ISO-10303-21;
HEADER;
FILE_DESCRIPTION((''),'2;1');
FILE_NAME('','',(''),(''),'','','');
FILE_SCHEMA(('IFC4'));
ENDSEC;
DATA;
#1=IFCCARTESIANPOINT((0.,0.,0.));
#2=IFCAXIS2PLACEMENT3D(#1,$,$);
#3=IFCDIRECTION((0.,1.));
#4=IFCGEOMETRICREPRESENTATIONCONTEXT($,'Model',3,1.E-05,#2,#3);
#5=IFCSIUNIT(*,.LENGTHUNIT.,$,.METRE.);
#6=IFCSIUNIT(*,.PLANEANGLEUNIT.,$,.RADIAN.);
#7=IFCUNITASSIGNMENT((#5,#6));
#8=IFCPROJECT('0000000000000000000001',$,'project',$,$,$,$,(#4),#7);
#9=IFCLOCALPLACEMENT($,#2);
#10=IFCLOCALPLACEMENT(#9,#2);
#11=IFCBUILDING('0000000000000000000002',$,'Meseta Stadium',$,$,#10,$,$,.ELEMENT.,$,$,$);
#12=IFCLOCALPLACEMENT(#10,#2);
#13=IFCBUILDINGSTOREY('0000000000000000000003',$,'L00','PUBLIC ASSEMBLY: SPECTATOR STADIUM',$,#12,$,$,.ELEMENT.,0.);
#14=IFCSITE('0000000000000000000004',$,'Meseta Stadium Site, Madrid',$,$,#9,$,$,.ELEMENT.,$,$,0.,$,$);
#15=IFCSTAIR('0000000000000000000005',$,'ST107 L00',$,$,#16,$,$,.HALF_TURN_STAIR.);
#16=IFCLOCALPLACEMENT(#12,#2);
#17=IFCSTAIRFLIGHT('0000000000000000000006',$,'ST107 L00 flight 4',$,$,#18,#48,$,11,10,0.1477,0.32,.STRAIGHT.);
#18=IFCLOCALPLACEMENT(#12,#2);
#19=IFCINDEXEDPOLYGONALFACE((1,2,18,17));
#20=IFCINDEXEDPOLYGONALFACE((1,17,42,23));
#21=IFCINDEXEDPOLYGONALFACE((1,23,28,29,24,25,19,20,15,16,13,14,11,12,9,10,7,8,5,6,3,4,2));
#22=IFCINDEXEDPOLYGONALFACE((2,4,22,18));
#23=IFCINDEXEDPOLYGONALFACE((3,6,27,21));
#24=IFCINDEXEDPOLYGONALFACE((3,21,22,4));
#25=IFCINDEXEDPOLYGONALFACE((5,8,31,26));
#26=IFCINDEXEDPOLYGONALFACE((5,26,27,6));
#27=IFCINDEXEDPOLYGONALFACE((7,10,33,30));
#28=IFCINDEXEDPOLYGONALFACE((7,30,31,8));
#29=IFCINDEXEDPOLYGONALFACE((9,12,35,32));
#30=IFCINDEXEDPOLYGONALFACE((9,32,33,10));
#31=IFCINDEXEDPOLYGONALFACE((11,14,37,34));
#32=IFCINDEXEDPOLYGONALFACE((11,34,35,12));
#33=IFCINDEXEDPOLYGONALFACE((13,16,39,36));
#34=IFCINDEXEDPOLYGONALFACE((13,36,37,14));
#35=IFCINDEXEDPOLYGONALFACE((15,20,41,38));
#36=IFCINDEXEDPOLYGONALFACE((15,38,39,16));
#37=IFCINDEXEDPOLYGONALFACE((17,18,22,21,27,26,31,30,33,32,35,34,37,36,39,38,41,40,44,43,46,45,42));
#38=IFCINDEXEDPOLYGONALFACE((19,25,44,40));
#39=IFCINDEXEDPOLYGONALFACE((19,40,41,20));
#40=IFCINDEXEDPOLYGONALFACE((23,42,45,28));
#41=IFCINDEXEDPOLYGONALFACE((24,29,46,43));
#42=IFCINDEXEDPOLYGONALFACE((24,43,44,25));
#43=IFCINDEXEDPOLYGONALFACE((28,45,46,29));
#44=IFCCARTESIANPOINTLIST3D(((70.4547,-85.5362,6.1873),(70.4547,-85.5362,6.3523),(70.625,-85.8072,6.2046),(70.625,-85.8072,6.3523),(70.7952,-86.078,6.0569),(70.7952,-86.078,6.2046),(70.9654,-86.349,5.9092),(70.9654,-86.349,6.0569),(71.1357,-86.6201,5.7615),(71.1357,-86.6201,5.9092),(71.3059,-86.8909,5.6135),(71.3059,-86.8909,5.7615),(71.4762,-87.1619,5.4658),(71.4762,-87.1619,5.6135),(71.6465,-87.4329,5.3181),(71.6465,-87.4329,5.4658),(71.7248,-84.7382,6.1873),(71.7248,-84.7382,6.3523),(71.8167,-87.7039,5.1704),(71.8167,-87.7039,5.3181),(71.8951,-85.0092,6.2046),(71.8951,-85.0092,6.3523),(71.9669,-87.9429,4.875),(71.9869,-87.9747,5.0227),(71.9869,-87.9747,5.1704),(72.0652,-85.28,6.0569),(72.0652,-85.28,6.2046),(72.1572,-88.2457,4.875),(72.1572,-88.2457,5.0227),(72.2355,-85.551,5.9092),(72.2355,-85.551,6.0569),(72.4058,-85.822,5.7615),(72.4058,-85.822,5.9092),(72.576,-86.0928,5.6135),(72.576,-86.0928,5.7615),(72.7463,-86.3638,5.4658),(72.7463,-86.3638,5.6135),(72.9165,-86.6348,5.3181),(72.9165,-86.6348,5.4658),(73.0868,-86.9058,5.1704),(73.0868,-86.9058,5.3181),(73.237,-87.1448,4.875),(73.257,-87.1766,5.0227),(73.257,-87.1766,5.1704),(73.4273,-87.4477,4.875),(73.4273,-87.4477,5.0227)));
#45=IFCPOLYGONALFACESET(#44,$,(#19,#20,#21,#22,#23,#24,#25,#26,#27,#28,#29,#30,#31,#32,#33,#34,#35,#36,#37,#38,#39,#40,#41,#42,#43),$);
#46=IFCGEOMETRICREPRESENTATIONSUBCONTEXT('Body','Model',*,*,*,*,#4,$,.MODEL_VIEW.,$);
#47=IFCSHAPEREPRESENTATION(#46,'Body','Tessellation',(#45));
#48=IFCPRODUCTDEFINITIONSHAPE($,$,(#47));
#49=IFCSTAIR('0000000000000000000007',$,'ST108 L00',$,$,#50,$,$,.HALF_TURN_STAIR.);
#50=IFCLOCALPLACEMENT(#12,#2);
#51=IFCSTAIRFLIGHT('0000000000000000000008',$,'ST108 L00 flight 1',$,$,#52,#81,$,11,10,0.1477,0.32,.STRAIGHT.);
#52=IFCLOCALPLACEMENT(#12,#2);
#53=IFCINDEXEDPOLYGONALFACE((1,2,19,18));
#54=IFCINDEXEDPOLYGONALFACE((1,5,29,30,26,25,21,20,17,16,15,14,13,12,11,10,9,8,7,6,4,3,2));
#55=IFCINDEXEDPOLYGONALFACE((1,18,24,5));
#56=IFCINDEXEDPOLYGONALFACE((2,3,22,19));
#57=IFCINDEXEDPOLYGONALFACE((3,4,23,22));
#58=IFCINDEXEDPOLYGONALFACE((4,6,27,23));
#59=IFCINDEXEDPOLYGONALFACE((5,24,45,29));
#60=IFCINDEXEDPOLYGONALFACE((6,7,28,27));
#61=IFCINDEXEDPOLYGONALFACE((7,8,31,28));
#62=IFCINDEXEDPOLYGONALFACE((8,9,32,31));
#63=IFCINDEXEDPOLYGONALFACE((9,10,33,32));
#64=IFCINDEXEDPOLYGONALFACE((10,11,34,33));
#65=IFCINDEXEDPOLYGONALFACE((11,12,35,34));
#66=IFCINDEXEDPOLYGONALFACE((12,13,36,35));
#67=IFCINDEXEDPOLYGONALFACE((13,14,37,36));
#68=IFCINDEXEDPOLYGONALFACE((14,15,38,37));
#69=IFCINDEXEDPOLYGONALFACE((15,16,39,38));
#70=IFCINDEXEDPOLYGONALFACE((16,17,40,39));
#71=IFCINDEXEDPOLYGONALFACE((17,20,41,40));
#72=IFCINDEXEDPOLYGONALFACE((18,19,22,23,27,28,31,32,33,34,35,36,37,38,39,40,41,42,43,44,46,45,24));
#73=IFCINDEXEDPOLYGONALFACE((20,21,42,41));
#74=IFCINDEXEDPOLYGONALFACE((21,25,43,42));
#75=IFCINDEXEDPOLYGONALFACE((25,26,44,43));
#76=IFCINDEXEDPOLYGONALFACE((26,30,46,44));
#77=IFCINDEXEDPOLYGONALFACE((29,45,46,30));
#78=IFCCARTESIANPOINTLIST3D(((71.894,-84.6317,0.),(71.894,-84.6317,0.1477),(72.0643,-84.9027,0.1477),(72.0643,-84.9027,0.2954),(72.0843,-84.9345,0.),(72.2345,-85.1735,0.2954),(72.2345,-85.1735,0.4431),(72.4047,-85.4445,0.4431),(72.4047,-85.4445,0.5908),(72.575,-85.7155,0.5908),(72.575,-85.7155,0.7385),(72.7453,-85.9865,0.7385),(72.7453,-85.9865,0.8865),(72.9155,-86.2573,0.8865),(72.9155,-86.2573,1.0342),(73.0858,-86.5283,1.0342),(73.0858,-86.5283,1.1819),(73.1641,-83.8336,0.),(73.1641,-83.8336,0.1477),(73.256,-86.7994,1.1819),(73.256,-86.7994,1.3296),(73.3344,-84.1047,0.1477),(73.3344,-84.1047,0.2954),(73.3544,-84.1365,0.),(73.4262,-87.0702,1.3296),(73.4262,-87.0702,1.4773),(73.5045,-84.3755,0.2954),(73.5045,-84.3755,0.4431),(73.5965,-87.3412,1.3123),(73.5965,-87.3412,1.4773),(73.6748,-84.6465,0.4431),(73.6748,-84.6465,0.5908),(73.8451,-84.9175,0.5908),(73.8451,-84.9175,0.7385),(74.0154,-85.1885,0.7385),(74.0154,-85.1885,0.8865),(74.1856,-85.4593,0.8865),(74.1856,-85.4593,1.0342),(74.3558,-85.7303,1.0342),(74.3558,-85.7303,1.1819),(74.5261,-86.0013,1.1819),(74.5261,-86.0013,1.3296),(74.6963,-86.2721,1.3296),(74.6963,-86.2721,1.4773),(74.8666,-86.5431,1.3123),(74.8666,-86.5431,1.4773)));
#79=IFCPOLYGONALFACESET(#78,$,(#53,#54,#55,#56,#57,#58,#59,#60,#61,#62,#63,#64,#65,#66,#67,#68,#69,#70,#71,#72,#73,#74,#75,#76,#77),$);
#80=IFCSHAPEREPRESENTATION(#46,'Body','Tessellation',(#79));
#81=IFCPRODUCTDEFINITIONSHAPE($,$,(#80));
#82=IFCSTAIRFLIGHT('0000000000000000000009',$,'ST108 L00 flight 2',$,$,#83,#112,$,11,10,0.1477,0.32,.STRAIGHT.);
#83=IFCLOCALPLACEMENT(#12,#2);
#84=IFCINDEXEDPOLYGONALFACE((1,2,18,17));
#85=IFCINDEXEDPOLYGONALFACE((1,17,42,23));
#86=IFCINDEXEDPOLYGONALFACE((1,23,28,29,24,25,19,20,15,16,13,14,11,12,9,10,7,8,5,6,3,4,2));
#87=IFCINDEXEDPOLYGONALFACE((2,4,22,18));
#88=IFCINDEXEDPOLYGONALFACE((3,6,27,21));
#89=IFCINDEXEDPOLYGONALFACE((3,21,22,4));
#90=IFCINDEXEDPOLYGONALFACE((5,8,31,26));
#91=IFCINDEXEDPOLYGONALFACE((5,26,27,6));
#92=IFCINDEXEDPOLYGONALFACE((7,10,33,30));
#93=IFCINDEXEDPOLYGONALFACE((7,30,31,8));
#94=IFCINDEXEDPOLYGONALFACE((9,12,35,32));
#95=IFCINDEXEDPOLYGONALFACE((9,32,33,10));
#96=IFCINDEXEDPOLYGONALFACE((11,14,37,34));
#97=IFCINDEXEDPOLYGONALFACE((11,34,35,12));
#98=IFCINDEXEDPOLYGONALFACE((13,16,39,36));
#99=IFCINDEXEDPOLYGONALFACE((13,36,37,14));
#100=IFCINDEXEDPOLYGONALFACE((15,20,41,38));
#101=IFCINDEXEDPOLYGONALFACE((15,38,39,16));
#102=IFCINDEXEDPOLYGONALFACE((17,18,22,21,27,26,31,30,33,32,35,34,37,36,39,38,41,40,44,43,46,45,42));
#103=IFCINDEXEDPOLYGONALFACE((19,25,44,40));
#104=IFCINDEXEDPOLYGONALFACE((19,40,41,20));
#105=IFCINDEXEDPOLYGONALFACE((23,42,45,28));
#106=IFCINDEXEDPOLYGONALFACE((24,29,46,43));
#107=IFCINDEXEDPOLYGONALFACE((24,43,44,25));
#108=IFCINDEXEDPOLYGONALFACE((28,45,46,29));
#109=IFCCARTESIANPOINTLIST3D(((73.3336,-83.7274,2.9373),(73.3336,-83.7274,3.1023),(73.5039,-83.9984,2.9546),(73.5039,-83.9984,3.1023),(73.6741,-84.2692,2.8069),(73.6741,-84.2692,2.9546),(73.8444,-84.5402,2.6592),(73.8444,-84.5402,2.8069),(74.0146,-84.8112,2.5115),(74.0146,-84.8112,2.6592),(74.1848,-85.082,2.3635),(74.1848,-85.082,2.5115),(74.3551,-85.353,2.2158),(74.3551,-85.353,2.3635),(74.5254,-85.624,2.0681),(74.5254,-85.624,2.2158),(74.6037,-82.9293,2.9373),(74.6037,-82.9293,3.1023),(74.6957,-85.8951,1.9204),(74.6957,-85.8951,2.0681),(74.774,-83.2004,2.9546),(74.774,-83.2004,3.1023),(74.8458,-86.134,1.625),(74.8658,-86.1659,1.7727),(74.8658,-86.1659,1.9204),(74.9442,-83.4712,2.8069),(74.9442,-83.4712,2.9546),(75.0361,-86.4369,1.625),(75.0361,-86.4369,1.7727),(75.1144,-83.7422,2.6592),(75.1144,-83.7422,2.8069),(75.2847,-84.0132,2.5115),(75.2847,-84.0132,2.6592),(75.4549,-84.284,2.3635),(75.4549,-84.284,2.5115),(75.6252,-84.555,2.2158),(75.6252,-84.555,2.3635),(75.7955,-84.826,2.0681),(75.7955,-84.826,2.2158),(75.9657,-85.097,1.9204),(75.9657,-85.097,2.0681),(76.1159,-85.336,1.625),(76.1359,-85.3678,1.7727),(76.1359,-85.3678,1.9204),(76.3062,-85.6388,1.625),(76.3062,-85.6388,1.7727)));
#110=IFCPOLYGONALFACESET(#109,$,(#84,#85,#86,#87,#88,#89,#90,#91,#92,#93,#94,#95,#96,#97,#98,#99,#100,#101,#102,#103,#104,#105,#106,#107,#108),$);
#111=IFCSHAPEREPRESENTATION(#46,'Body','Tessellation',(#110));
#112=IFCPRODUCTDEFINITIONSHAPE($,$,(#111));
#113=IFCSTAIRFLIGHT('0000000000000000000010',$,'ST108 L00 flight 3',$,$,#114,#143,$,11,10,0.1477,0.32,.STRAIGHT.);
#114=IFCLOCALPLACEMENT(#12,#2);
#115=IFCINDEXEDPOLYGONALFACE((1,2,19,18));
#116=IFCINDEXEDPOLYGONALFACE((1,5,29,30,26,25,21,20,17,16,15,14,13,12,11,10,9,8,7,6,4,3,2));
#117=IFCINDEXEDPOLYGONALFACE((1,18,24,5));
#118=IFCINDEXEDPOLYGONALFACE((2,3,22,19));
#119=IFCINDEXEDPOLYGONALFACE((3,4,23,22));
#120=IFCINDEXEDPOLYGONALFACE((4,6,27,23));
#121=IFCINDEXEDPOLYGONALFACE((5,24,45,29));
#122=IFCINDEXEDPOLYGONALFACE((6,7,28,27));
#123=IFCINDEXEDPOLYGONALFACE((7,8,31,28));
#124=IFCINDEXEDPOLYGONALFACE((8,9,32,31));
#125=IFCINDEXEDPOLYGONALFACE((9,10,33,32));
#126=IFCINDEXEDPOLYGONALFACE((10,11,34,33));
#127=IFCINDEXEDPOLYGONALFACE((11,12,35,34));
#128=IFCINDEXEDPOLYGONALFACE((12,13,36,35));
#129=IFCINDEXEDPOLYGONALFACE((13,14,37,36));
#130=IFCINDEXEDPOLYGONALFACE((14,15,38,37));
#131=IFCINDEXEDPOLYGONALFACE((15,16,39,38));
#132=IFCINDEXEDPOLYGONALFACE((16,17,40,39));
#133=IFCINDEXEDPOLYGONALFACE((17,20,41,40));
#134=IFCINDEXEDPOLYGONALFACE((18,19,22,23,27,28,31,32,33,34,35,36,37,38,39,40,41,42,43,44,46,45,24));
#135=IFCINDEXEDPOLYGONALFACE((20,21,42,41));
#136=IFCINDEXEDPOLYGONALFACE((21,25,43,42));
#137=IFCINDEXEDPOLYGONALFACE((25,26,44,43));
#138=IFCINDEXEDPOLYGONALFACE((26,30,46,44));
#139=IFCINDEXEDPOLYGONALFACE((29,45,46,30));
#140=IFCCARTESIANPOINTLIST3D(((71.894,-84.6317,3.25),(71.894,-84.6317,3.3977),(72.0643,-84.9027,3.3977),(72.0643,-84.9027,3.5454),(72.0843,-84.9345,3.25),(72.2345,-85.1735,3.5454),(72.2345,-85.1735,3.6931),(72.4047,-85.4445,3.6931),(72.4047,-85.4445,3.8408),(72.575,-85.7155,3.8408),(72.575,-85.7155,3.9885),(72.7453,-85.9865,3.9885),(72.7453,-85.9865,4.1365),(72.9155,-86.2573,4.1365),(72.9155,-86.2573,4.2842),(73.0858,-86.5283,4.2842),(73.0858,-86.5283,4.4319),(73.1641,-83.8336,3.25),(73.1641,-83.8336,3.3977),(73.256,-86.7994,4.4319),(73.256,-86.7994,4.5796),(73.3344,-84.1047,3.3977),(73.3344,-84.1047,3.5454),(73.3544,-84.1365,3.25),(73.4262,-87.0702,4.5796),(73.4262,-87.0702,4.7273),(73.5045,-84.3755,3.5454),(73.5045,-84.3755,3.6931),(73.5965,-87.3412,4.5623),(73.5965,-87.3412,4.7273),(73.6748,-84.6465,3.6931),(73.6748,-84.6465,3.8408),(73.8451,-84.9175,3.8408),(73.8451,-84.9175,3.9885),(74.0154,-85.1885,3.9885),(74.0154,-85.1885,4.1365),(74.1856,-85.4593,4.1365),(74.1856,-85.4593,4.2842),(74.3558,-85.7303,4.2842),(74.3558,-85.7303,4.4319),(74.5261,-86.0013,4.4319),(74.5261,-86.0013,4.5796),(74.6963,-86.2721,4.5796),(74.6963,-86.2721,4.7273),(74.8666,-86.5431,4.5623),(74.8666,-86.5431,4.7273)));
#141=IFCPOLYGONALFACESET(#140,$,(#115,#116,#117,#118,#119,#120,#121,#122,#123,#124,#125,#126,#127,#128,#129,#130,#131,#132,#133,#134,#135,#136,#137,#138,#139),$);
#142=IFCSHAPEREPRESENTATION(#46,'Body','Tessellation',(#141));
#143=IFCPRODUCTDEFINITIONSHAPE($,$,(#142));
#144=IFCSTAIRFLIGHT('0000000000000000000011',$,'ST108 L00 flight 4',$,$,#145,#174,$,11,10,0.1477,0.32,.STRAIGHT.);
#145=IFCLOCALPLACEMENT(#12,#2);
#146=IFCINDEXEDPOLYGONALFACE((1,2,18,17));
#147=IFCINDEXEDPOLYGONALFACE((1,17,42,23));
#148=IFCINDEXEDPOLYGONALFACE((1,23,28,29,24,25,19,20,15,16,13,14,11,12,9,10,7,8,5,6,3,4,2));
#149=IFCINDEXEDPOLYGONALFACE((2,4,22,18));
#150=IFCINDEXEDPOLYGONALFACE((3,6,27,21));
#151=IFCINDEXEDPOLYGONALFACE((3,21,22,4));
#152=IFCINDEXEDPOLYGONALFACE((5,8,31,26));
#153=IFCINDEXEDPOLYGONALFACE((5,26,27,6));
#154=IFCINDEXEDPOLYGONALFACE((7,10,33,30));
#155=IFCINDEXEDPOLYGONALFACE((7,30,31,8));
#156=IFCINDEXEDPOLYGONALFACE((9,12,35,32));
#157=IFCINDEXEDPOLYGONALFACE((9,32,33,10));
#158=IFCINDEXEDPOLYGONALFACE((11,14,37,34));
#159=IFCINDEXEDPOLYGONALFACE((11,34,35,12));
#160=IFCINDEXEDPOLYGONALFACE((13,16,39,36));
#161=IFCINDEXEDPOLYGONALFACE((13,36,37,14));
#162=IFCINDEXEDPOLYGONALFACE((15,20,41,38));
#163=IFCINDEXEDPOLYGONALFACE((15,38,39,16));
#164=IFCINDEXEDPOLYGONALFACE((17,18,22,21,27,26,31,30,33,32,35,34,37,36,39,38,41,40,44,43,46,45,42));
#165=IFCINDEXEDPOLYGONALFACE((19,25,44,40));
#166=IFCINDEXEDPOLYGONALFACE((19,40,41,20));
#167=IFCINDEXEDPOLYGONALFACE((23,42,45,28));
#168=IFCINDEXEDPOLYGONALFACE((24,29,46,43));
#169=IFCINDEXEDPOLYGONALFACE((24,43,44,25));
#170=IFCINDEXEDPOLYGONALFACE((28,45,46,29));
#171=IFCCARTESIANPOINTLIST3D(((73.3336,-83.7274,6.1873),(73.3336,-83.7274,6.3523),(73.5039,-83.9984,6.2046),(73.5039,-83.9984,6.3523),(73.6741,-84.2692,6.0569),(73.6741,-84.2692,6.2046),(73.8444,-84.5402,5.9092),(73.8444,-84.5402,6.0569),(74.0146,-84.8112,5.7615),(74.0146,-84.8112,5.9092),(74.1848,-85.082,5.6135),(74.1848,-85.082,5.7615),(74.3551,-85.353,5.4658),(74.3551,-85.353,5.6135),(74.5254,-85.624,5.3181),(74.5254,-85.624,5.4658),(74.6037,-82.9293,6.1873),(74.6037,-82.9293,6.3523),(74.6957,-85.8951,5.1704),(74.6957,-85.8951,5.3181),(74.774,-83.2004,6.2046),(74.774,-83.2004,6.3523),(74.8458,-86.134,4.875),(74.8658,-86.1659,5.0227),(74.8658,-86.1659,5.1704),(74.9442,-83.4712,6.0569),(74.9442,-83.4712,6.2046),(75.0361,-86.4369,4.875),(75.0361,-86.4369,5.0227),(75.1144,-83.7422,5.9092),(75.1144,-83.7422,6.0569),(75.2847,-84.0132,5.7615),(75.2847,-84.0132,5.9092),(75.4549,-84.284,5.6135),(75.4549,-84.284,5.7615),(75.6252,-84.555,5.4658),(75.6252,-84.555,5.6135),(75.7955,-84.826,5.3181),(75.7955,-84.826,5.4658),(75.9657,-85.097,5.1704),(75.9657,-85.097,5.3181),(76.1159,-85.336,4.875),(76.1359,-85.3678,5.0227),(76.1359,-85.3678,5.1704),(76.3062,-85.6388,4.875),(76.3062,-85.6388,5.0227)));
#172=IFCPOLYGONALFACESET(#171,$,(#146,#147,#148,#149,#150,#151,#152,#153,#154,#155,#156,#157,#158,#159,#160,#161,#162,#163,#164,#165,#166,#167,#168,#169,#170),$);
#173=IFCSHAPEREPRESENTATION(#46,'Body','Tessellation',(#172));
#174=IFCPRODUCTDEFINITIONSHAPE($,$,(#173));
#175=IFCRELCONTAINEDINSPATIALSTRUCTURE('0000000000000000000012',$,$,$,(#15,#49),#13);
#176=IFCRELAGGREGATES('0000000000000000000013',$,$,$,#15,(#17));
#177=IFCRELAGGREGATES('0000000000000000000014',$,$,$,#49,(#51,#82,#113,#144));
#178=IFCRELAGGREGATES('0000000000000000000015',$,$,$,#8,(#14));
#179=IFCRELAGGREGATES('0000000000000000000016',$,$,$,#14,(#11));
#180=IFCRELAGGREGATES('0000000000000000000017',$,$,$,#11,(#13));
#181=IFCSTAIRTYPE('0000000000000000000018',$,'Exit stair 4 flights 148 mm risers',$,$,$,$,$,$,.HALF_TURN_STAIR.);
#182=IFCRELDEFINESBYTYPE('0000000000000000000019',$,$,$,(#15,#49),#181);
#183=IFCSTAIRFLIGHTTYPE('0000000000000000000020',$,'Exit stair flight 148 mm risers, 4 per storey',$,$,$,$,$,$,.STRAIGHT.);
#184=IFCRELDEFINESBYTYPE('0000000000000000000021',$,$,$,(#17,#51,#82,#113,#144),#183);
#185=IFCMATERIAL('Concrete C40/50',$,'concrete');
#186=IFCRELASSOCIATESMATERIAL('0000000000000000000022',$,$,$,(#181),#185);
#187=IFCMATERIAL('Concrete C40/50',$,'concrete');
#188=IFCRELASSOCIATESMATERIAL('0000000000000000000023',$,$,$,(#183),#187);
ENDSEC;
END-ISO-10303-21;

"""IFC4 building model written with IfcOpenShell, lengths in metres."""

from ifc_helpers import new_model, si_unit, direction, frame, origin, place, context, subcontext, project, spatial, polyline, outline, extrude, material, type_object, element, aggregate, save


model = new_model("IFC4")

# Units and contexts
model_context = context("Model", 3, precision=1e-05, world=origin(), true_north=direction((0.0, 1.0)))
body_context = subcontext(model_context, "Body", "Model", "MODEL_VIEW")
ifc_project = project(units=[si_unit("LENGTHUNIT", "METRE"), si_unit("PLANEANGLEUNIT", "RADIAN")], contexts=[model_context])

# Site, building, storey
site_placement = place(None, origin())
site = spatial("IfcSite", under=ifc_project, at=site_placement, Name="Meseta Stadium Site, Madrid", CompositionType="ELEMENT", RefElevation=0.0)
building_placement = place(site_placement, origin())
building = spatial("IfcBuilding", under=site, at=building_placement, Name="Meseta Stadium", CompositionType="ELEMENT")
storey_placement = place(building_placement, origin())
storey = spatial("IfcBuildingStorey", under=building, at=storey_placement, Name="L00", Description="PUBLIC ASSEMBLY: SPECTATOR STADIUM", CompositionType="ELEMENT", Elevation=0.0)

# Stairs, stair flights
ifc_material_1 = material(Name="Concrete C40/50", Category="concrete")
stair_type = type_object("IfcStairType", Name="Exit stair 4 flights 148 mm risers", PredefinedType="HALF_TURN_STAIR", material=ifc_material_1)
stair_1_placement = place(storey_placement, origin())
stair_1 = element("IfcStair", 1, at=stair_1_placement, inside=storey, type_object=stair_type, Name="ST107 L00", PredefinedType="HALF_TURN_STAIR")
ifc_material_2 = material(Name="Concrete C40/50", Category="concrete")
stair_flight_type = type_object("IfcStairFlightType", Name="Exit stair flight 148 mm risers, 4 per storey", PredefinedType="STRAIGHT", material=ifc_material_2)
stair_flight_1_placement = place(storey_placement, frame((72.7922, -87.8467, 4.875), z_axis=(0.0, 0.0, 1.0), x_axis=(-0.532032, 0.846724, 0.0)))
stair_flight_1 = element("IfcStairFlight", 2, at=stair_flight_1_placement, type_object=stair_flight_type, Name="ST107 L00 flight 4", NumberOfRisers=11, NumberOfTreads=10, PredefinedType="STRAIGHT", RiserHeight=0.1477, TreadLength=0.32, context=body_context, shape_type="SweptSolid", body=[
    extrude(outline(polyline([(0.0, 0.0), (0.0, 0.1477), (0.3201, 0.1477), (0.3201, 0.2954), (0.6399, 0.2954), (0.6399, 0.4431), (0.96, 0.4431), (0.96, 0.5908), (1.28, 0.5908), (1.28, 0.7385), (1.6001, 0.7385), (1.6001, 0.8865), (1.9199, 0.8865), (1.9199, 1.0342), (2.24, 1.0342), (2.24, 1.1819), (2.5601, 1.1819), (2.5601, 1.3296), (2.8799, 1.3296), (2.8799, 1.4773), (3.2, 1.4773), (3.2, 1.3123), (0.3577, 0.0), (0.0, 0.0)])), frame((0.0, 0.75, 0.0), z_axis=(0.0, -1.0, 0.0), x_axis=(1.0, 0.0, 0.0)), (0.0, 0.0, 1.0), 1.5),
])
aggregate(stair_1, [stair_flight_1])
stair_2_placement = place(storey_placement, origin())
stair_2 = element("IfcStair", 3, at=stair_2_placement, inside=storey, type_object=stair_type, Name="ST108 L00", PredefinedType="HALF_TURN_STAIR")
stair_flight_2_placement = place(storey_placement, frame((72.5291, -84.2327, 0.0), z_axis=(0.0, 0.0, 1.0), x_axis=(0.532032, -0.846724, 0.0)))
stair_flight_2 = element("IfcStairFlight", 4, at=stair_flight_2_placement, type_object=stair_flight_type, Name="ST108 L00 flight 1", NumberOfRisers=11, NumberOfTreads=10, PredefinedType="STRAIGHT", RiserHeight=0.1477, TreadLength=0.32, context=body_context, shape_type="SweptSolid", body=[
    extrude(outline(polyline([(0.0, 0.0), (0.0, 0.1477), (0.3201, 0.1477), (0.3201, 0.2954), (0.6399, 0.2954), (0.6399, 0.4431), (0.96, 0.4431), (0.96, 0.5908), (1.28, 0.5908), (1.28, 0.7385), (1.6001, 0.7385), (1.6001, 0.8865), (1.9199, 0.8865), (1.9199, 1.0342), (2.24, 1.0342), (2.24, 1.1819), (2.5601, 1.1819), (2.5601, 1.3296), (2.8799, 1.3296), (2.8799, 1.4773), (3.2, 1.4773), (3.2, 1.3123), (0.3577, 0.0), (0.0, 0.0)])), frame((0.0, 0.75, 0.0), z_axis=(0.0, -1.0, 0.0), x_axis=(1.0, 0.0, 0.0)), (0.0, 0.0, 1.0), 1.5),
])
stair_flight_3_placement = place(storey_placement, frame((75.6711, -86.0378, 1.625), z_axis=(0.0, 0.0, 1.0), x_axis=(-0.532032, 0.846724, 0.0)))
stair_flight_3 = element("IfcStairFlight", 5, at=stair_flight_3_placement, type_object=stair_flight_type, Name="ST108 L00 flight 2", NumberOfRisers=11, NumberOfTreads=10, PredefinedType="STRAIGHT", RiserHeight=0.1477, TreadLength=0.32, context=body_context, shape_type="SweptSolid", body=[
    extrude(outline(polyline([(0.0, 0.0), (0.0, 0.1477), (0.3201, 0.1477), (0.3201, 0.2954), (0.6399, 0.2954), (0.6399, 0.4431), (0.96, 0.4431), (0.96, 0.5908), (1.28, 0.5908), (1.28, 0.7385), (1.6001, 0.7385), (1.6001, 0.8865), (1.9199, 0.8865), (1.9199, 1.0342), (2.24, 1.0342), (2.24, 1.1819), (2.5601, 1.1819), (2.5601, 1.3296), (2.8799, 1.3296), (2.8799, 1.4773), (3.2, 1.4773), (3.2, 1.3123), (0.3577, 0.0), (0.0, 0.0)])), frame((0.0, 0.75, 0.0), z_axis=(0.0, -1.0, 0.0), x_axis=(1.0, 0.0, 0.0)), (0.0, 0.0, 1.0), 1.5),
])
stair_flight_4_placement = place(storey_placement, frame((72.5291, -84.2327, 3.25), z_axis=(0.0, 0.0, 1.0), x_axis=(0.532032, -0.846724, 0.0)))
stair_flight_4 = element("IfcStairFlight", 6, at=stair_flight_4_placement, type_object=stair_flight_type, Name="ST108 L00 flight 3", NumberOfRisers=11, NumberOfTreads=10, PredefinedType="STRAIGHT", RiserHeight=0.1477, TreadLength=0.32, context=body_context, shape_type="SweptSolid", body=[
    extrude(outline(polyline([(0.0, 0.0), (0.0, 0.1477), (0.3201, 0.1477), (0.3201, 0.2954), (0.6399, 0.2954), (0.6399, 0.4431), (0.96, 0.4431), (0.96, 0.5908), (1.28, 0.5908), (1.28, 0.7385), (1.6001, 0.7385), (1.6001, 0.8865), (1.9199, 0.8865), (1.9199, 1.0342), (2.24, 1.0342), (2.24, 1.1819), (2.5601, 1.1819), (2.5601, 1.3296), (2.8799, 1.3296), (2.8799, 1.4773), (3.2, 1.4773), (3.2, 1.3123), (0.3577, 0.0), (0.0, 0.0)])), frame((0.0, 0.75, 0.0), z_axis=(0.0, -1.0, 0.0), x_axis=(1.0, 0.0, 0.0)), (0.0, 0.0, 1.0), 1.5),
])
stair_flight_5_placement = place(storey_placement, frame((75.6711, -86.0378, 4.875), z_axis=(0.0, 0.0, 1.0), x_axis=(-0.532032, 0.846724, 0.0)))
stair_flight_5 = element("IfcStairFlight", 7, at=stair_flight_5_placement, type_object=stair_flight_type, Name="ST108 L00 flight 4", NumberOfRisers=11, NumberOfTreads=10, PredefinedType="STRAIGHT", RiserHeight=0.1477, TreadLength=0.32, context=body_context, shape_type="SweptSolid", body=[
    extrude(outline(polyline([(0.0, 0.0), (0.0, 0.1477), (0.3201, 0.1477), (0.3201, 0.2954), (0.6399, 0.2954), (0.6399, 0.4431), (0.96, 0.4431), (0.96, 0.5908), (1.28, 0.5908), (1.28, 0.7385), (1.6001, 0.7385), (1.6001, 0.8865), (1.9199, 0.8865), (1.9199, 1.0342), (2.24, 1.0342), (2.24, 1.1819), (2.5601, 1.1819), (2.5601, 1.3296), (2.8799, 1.3296), (2.8799, 1.4773), (3.2, 1.4773), (3.2, 1.3123), (0.3577, 0.0), (0.0, 0.0)])), frame((0.0, 0.75, 0.0), z_axis=(0.0, -1.0, 0.0), x_axis=(1.0, 0.0, 0.0)), (0.0, 0.0, 1.0), 1.5),
])
aggregate(stair_2, [stair_flight_2, stair_flight_3, stair_flight_4, stair_flight_5])

save(model, "model.ifc")
